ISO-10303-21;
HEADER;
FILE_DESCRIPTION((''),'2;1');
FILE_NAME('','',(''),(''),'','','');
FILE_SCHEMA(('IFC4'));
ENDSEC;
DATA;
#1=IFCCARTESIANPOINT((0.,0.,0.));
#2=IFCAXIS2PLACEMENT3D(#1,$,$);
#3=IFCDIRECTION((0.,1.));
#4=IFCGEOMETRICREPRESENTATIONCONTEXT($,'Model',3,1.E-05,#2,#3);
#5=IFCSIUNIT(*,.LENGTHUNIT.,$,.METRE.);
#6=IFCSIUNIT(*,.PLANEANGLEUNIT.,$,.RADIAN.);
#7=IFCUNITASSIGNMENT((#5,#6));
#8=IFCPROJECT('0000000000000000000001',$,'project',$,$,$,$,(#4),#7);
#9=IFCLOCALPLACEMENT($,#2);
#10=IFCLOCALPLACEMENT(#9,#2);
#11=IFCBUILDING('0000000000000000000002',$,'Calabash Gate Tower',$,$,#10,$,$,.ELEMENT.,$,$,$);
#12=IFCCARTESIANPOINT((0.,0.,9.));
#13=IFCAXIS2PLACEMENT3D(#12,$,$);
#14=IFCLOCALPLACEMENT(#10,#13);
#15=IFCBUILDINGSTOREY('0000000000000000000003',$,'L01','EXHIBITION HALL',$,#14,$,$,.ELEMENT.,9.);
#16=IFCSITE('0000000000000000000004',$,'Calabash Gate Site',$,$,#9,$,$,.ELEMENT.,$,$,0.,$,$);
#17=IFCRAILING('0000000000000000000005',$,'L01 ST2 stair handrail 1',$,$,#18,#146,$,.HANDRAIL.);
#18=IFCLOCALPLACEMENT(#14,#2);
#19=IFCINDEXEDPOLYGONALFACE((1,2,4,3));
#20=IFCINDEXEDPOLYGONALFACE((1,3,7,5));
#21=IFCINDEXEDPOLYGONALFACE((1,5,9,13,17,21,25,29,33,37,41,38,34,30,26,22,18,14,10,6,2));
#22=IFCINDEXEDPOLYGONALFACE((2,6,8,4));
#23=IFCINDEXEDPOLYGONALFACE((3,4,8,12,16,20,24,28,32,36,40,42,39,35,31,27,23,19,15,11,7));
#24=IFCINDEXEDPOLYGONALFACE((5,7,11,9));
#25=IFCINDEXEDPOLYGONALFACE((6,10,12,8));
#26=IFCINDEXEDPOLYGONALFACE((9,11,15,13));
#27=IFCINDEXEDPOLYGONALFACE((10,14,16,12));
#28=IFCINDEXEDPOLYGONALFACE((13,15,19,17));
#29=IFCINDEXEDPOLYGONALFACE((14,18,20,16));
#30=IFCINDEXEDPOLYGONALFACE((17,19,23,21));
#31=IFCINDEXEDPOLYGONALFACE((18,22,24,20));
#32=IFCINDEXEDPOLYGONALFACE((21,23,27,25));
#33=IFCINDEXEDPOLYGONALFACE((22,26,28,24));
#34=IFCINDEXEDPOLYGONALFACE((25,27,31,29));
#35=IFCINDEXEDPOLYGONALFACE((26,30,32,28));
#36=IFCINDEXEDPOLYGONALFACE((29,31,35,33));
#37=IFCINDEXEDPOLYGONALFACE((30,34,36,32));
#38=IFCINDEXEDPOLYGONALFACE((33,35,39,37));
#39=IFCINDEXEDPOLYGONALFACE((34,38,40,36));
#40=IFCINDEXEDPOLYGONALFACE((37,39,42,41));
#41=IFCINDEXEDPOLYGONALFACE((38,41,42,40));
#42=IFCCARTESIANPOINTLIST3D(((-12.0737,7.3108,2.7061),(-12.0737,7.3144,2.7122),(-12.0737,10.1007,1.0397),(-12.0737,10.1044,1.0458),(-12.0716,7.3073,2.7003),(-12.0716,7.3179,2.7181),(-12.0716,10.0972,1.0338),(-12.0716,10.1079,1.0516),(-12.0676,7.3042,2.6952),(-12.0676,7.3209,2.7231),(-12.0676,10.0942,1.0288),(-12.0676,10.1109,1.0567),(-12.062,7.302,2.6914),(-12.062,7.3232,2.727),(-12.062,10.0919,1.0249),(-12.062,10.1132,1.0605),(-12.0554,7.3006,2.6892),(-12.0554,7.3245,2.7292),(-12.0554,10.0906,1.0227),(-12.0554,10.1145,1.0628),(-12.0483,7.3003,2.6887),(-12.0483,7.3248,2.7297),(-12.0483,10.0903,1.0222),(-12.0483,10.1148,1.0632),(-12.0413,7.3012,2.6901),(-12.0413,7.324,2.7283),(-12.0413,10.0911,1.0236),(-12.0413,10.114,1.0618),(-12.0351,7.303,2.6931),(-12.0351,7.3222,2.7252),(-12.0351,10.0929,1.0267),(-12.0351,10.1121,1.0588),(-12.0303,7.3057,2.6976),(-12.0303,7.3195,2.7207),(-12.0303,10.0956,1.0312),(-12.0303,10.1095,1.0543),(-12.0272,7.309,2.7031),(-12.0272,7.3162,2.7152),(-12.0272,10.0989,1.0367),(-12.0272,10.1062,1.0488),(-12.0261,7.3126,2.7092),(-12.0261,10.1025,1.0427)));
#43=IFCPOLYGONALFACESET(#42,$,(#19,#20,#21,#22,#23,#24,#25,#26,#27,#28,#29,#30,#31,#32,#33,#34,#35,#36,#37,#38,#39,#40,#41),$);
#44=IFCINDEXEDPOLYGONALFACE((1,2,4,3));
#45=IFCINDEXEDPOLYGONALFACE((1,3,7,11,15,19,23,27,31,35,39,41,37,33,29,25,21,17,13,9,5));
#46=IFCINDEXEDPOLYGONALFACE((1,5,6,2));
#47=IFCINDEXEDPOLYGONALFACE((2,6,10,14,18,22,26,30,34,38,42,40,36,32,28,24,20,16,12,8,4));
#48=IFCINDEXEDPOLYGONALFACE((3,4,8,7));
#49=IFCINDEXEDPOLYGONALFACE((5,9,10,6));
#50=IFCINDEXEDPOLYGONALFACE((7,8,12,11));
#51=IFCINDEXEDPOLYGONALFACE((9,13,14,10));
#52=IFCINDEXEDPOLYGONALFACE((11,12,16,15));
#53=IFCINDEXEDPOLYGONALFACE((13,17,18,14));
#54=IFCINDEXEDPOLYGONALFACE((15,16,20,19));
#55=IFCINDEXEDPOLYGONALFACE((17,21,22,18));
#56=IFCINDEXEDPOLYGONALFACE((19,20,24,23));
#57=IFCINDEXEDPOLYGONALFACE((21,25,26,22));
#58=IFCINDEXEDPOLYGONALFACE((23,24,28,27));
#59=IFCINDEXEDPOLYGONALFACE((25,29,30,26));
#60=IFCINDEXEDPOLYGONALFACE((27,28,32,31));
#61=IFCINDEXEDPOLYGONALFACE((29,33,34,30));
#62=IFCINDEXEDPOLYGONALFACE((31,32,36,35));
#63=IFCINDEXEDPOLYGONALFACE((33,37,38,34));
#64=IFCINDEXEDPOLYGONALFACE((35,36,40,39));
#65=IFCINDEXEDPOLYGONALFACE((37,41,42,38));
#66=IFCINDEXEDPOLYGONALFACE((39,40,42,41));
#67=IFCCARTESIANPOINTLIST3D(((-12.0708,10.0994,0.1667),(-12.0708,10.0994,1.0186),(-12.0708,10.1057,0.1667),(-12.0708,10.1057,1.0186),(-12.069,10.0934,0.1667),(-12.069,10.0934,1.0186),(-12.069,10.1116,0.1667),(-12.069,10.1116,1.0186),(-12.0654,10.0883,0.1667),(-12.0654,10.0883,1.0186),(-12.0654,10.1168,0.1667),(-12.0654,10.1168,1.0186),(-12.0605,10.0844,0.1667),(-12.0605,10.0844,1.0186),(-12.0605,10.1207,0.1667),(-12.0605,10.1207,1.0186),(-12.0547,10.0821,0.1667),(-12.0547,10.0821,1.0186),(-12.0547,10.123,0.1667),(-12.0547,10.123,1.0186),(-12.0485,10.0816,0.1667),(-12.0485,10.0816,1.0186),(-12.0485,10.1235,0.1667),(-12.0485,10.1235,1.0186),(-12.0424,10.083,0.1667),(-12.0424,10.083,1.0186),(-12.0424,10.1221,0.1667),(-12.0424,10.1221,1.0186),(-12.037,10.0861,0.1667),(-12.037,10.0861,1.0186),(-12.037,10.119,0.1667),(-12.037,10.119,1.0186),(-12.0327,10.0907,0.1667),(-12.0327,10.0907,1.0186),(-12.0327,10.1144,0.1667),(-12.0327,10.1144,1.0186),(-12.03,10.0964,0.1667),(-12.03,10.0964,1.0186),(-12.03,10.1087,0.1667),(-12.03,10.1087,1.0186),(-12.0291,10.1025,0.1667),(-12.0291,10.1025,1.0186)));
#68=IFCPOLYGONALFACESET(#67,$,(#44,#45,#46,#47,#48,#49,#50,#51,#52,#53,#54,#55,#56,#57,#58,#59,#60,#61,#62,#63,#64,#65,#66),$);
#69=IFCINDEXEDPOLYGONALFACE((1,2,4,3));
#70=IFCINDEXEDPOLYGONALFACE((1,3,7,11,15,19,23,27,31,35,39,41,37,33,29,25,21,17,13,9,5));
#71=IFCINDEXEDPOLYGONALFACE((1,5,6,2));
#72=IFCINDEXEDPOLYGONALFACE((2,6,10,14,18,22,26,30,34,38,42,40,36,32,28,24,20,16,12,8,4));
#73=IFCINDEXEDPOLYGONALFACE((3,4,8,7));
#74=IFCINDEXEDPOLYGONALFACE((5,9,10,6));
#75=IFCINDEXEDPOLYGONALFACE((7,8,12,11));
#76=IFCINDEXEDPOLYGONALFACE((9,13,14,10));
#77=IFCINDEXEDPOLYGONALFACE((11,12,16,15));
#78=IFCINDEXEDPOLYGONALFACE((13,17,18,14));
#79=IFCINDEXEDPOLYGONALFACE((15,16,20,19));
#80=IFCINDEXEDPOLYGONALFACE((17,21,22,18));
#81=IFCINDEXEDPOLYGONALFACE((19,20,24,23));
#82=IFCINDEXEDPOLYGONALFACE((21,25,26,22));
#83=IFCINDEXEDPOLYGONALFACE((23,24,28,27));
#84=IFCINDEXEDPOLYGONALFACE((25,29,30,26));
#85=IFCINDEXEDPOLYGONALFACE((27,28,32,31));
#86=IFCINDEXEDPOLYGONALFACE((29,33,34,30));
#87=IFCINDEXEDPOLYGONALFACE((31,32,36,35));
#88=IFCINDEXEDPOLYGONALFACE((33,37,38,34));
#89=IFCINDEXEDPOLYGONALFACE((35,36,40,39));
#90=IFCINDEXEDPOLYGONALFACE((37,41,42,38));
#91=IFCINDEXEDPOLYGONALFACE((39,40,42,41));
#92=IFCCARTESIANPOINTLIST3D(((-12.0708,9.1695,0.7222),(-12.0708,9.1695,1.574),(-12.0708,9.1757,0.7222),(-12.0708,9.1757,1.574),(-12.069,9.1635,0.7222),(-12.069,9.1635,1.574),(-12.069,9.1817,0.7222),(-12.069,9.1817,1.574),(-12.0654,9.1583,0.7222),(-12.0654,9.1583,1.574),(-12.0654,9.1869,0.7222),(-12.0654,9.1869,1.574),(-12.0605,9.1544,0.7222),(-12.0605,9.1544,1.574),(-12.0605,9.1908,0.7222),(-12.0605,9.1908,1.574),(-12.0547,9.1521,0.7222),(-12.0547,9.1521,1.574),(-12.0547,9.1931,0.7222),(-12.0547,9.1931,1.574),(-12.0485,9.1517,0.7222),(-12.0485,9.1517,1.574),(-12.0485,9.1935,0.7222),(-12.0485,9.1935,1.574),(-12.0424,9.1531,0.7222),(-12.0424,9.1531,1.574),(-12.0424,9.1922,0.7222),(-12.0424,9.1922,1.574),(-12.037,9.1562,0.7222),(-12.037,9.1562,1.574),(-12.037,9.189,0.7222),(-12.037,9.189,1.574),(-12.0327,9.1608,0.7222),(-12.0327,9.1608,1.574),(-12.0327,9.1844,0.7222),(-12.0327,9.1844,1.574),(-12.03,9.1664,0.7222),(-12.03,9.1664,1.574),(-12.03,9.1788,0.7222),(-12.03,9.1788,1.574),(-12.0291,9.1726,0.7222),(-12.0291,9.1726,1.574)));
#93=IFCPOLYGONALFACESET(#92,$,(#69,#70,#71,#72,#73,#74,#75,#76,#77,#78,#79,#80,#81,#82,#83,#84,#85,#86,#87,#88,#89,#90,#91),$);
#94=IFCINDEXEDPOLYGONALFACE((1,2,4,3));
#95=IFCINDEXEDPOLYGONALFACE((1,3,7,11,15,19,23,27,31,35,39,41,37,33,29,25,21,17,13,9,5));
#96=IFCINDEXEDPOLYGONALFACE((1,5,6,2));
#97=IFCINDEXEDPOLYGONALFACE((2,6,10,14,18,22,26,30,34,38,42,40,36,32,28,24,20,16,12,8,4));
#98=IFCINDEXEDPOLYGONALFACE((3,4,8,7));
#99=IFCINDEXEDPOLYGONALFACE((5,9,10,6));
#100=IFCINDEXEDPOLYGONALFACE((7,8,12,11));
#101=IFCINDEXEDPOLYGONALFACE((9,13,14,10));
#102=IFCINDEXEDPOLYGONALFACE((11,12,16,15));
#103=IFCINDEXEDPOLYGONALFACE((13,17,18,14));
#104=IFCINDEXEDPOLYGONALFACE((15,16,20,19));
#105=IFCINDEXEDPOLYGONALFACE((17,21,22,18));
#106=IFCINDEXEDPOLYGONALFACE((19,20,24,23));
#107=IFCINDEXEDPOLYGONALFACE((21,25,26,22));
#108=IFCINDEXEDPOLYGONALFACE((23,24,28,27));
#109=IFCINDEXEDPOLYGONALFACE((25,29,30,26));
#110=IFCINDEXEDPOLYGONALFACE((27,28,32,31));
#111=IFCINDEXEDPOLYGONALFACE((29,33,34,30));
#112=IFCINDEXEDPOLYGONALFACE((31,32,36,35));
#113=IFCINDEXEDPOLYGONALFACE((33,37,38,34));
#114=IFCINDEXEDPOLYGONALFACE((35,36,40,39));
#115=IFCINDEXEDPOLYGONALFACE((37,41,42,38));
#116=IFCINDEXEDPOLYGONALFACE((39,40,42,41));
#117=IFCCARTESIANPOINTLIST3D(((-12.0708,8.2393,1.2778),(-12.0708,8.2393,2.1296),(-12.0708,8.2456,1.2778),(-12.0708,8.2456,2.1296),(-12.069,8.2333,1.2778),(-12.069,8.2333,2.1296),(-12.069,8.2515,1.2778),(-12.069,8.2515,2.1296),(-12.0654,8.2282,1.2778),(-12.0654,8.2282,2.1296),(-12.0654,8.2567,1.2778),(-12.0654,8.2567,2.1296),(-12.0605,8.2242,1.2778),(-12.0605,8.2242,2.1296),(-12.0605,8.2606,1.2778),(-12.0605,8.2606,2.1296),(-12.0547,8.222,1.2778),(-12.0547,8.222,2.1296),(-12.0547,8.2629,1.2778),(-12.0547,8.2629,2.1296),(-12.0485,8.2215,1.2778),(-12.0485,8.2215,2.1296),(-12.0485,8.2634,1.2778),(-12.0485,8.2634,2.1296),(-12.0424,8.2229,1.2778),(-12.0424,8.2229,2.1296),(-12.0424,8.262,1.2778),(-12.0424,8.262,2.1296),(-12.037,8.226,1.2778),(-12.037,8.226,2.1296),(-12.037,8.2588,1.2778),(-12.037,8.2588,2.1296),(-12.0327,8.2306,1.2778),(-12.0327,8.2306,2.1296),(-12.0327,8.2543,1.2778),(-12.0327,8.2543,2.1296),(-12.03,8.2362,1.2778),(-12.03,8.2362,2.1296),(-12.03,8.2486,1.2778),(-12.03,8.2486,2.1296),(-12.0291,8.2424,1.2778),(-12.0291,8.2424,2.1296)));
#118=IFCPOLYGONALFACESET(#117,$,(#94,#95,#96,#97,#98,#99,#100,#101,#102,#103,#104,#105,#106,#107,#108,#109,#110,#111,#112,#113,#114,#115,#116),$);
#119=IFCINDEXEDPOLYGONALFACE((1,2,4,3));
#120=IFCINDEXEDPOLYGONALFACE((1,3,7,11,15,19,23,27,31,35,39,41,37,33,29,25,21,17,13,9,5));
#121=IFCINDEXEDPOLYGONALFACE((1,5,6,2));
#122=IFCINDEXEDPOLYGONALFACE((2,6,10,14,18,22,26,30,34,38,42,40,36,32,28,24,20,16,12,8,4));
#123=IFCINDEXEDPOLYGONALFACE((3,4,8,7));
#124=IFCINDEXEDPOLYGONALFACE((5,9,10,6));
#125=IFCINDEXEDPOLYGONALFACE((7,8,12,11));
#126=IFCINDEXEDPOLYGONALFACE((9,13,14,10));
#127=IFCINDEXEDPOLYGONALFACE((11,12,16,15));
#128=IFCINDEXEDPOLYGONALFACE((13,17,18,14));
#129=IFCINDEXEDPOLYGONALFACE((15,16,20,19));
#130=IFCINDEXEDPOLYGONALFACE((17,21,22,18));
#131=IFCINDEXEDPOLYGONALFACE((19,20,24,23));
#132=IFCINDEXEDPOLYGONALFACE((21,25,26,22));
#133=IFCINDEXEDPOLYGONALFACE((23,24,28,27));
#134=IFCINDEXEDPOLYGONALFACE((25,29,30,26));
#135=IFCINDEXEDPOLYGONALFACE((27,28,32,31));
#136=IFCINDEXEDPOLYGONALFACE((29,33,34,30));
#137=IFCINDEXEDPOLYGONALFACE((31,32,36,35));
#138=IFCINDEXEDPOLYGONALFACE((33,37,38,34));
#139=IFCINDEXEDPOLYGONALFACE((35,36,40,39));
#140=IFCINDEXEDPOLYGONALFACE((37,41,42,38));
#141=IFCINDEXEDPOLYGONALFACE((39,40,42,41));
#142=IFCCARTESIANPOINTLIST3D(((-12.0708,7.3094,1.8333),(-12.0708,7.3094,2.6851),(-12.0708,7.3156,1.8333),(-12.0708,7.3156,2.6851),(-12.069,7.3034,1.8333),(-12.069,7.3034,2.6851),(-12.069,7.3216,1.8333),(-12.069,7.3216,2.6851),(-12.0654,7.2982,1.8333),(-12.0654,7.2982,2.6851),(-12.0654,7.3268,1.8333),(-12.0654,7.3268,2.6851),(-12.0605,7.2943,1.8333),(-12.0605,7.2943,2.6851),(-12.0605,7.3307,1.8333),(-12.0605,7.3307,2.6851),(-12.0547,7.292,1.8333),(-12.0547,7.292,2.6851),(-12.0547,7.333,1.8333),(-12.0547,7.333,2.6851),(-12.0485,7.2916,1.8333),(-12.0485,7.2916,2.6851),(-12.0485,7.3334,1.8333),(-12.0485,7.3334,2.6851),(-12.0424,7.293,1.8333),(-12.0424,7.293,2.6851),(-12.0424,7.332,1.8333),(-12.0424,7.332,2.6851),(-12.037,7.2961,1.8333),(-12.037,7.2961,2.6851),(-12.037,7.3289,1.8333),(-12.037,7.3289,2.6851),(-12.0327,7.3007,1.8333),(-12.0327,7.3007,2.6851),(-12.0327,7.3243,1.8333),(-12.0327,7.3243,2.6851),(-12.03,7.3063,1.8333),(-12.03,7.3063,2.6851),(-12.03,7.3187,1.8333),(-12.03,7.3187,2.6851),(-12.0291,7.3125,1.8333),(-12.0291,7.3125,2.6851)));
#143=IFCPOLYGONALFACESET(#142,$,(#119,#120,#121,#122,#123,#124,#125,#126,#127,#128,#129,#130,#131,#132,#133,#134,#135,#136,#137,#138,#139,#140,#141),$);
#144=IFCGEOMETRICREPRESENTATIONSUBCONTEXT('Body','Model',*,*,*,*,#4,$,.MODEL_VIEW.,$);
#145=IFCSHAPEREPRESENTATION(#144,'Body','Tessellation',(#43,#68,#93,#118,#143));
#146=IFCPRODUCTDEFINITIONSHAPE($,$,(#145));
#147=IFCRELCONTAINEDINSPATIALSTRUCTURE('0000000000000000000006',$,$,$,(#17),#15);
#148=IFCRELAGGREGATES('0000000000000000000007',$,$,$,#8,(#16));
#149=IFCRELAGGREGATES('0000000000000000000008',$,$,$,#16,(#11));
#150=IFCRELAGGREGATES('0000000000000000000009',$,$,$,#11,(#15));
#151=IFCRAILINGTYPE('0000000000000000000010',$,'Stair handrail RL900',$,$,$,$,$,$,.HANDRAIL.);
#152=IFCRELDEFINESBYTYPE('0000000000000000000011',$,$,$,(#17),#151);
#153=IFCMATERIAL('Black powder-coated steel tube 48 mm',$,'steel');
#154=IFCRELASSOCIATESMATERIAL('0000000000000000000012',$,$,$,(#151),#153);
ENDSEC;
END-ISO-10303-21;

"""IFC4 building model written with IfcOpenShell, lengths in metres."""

from ifc_helpers import new_model, si_unit, direction, frame, origin, origin_2d, place, context, subcontext, project, spatial, circle, extrude, material, type_object, element, save


model = new_model("IFC4")

# Units and contexts
model_context = context("Model", 3, precision=1e-05, world=origin(), true_north=direction((0.0, 1.0)))
body_context = subcontext(model_context, "Body", "Model", "MODEL_VIEW")
ifc_project = project(units=[si_unit("LENGTHUNIT", "METRE"), si_unit("PLANEANGLEUNIT", "RADIAN")], contexts=[model_context])

# Site, building, storey
site_placement = place(None, origin())
site = spatial("IfcSite", under=ifc_project, at=site_placement, Name="Calabash Gate Site", CompositionType="ELEMENT", RefElevation=0.0)
building_placement = place(site_placement, origin())
building = spatial("IfcBuilding", under=site, at=building_placement, Name="Calabash Gate Tower", CompositionType="ELEMENT")
storey_placement = place(building_placement, frame((0.0, 0.0, 9.0)))
storey = spatial("IfcBuildingStorey", under=building, at=storey_placement, Name="L01", Description="EXHIBITION HALL", CompositionType="ELEMENT", Elevation=9.0)

# Railing
ifc_material_1 = material(Name="Black powder-coated steel tube 48 mm", Category="steel")
railing_type = type_object("IfcRailingType", Name="Stair handrail RL900", PredefinedType="HANDRAIL", material=ifc_material_1)
railing_1_placement = place(storey_placement, frame((-12.05, 10.1025, 0.1667)))
element("IfcRailing", 1, at=railing_1_placement, inside=storey, type_object=railing_type, Name="L01 ST2 stair handrail 1", PredefinedType="HANDRAIL", context=body_context, shape_type="SweptSolid", body=[
    extrude(circle(Radius=0.0239, at=origin_2d()), frame((0.0, 0.0, 0.876), z_axis=(0.0, -0.858512, 0.512793), x_axis=(1.0, 0.0, 0.0)), (0.0, 0.0, 1.0), 3.2498),
    extrude(circle(Radius=0.021, at=origin_2d()), origin(), (0.0, 0.0, 1.0), 0.8518),
    extrude(circle(Radius=0.021, at=origin_2d()), frame((0.0, -0.9299, 0.5554)), (0.0, 0.0, 1.0), 0.8518),
    extrude(circle(Radius=0.021, at=origin_2d()), frame((0.0, -1.8601, 1.1111)), (0.0, 0.0, 1.0), 0.8518),
    extrude(circle(Radius=0.021, at=origin_2d()), frame((0.0, -2.79, 1.6665)), (0.0, 0.0, 1.0), 0.8518),
])

save(model, "model.ifc")
